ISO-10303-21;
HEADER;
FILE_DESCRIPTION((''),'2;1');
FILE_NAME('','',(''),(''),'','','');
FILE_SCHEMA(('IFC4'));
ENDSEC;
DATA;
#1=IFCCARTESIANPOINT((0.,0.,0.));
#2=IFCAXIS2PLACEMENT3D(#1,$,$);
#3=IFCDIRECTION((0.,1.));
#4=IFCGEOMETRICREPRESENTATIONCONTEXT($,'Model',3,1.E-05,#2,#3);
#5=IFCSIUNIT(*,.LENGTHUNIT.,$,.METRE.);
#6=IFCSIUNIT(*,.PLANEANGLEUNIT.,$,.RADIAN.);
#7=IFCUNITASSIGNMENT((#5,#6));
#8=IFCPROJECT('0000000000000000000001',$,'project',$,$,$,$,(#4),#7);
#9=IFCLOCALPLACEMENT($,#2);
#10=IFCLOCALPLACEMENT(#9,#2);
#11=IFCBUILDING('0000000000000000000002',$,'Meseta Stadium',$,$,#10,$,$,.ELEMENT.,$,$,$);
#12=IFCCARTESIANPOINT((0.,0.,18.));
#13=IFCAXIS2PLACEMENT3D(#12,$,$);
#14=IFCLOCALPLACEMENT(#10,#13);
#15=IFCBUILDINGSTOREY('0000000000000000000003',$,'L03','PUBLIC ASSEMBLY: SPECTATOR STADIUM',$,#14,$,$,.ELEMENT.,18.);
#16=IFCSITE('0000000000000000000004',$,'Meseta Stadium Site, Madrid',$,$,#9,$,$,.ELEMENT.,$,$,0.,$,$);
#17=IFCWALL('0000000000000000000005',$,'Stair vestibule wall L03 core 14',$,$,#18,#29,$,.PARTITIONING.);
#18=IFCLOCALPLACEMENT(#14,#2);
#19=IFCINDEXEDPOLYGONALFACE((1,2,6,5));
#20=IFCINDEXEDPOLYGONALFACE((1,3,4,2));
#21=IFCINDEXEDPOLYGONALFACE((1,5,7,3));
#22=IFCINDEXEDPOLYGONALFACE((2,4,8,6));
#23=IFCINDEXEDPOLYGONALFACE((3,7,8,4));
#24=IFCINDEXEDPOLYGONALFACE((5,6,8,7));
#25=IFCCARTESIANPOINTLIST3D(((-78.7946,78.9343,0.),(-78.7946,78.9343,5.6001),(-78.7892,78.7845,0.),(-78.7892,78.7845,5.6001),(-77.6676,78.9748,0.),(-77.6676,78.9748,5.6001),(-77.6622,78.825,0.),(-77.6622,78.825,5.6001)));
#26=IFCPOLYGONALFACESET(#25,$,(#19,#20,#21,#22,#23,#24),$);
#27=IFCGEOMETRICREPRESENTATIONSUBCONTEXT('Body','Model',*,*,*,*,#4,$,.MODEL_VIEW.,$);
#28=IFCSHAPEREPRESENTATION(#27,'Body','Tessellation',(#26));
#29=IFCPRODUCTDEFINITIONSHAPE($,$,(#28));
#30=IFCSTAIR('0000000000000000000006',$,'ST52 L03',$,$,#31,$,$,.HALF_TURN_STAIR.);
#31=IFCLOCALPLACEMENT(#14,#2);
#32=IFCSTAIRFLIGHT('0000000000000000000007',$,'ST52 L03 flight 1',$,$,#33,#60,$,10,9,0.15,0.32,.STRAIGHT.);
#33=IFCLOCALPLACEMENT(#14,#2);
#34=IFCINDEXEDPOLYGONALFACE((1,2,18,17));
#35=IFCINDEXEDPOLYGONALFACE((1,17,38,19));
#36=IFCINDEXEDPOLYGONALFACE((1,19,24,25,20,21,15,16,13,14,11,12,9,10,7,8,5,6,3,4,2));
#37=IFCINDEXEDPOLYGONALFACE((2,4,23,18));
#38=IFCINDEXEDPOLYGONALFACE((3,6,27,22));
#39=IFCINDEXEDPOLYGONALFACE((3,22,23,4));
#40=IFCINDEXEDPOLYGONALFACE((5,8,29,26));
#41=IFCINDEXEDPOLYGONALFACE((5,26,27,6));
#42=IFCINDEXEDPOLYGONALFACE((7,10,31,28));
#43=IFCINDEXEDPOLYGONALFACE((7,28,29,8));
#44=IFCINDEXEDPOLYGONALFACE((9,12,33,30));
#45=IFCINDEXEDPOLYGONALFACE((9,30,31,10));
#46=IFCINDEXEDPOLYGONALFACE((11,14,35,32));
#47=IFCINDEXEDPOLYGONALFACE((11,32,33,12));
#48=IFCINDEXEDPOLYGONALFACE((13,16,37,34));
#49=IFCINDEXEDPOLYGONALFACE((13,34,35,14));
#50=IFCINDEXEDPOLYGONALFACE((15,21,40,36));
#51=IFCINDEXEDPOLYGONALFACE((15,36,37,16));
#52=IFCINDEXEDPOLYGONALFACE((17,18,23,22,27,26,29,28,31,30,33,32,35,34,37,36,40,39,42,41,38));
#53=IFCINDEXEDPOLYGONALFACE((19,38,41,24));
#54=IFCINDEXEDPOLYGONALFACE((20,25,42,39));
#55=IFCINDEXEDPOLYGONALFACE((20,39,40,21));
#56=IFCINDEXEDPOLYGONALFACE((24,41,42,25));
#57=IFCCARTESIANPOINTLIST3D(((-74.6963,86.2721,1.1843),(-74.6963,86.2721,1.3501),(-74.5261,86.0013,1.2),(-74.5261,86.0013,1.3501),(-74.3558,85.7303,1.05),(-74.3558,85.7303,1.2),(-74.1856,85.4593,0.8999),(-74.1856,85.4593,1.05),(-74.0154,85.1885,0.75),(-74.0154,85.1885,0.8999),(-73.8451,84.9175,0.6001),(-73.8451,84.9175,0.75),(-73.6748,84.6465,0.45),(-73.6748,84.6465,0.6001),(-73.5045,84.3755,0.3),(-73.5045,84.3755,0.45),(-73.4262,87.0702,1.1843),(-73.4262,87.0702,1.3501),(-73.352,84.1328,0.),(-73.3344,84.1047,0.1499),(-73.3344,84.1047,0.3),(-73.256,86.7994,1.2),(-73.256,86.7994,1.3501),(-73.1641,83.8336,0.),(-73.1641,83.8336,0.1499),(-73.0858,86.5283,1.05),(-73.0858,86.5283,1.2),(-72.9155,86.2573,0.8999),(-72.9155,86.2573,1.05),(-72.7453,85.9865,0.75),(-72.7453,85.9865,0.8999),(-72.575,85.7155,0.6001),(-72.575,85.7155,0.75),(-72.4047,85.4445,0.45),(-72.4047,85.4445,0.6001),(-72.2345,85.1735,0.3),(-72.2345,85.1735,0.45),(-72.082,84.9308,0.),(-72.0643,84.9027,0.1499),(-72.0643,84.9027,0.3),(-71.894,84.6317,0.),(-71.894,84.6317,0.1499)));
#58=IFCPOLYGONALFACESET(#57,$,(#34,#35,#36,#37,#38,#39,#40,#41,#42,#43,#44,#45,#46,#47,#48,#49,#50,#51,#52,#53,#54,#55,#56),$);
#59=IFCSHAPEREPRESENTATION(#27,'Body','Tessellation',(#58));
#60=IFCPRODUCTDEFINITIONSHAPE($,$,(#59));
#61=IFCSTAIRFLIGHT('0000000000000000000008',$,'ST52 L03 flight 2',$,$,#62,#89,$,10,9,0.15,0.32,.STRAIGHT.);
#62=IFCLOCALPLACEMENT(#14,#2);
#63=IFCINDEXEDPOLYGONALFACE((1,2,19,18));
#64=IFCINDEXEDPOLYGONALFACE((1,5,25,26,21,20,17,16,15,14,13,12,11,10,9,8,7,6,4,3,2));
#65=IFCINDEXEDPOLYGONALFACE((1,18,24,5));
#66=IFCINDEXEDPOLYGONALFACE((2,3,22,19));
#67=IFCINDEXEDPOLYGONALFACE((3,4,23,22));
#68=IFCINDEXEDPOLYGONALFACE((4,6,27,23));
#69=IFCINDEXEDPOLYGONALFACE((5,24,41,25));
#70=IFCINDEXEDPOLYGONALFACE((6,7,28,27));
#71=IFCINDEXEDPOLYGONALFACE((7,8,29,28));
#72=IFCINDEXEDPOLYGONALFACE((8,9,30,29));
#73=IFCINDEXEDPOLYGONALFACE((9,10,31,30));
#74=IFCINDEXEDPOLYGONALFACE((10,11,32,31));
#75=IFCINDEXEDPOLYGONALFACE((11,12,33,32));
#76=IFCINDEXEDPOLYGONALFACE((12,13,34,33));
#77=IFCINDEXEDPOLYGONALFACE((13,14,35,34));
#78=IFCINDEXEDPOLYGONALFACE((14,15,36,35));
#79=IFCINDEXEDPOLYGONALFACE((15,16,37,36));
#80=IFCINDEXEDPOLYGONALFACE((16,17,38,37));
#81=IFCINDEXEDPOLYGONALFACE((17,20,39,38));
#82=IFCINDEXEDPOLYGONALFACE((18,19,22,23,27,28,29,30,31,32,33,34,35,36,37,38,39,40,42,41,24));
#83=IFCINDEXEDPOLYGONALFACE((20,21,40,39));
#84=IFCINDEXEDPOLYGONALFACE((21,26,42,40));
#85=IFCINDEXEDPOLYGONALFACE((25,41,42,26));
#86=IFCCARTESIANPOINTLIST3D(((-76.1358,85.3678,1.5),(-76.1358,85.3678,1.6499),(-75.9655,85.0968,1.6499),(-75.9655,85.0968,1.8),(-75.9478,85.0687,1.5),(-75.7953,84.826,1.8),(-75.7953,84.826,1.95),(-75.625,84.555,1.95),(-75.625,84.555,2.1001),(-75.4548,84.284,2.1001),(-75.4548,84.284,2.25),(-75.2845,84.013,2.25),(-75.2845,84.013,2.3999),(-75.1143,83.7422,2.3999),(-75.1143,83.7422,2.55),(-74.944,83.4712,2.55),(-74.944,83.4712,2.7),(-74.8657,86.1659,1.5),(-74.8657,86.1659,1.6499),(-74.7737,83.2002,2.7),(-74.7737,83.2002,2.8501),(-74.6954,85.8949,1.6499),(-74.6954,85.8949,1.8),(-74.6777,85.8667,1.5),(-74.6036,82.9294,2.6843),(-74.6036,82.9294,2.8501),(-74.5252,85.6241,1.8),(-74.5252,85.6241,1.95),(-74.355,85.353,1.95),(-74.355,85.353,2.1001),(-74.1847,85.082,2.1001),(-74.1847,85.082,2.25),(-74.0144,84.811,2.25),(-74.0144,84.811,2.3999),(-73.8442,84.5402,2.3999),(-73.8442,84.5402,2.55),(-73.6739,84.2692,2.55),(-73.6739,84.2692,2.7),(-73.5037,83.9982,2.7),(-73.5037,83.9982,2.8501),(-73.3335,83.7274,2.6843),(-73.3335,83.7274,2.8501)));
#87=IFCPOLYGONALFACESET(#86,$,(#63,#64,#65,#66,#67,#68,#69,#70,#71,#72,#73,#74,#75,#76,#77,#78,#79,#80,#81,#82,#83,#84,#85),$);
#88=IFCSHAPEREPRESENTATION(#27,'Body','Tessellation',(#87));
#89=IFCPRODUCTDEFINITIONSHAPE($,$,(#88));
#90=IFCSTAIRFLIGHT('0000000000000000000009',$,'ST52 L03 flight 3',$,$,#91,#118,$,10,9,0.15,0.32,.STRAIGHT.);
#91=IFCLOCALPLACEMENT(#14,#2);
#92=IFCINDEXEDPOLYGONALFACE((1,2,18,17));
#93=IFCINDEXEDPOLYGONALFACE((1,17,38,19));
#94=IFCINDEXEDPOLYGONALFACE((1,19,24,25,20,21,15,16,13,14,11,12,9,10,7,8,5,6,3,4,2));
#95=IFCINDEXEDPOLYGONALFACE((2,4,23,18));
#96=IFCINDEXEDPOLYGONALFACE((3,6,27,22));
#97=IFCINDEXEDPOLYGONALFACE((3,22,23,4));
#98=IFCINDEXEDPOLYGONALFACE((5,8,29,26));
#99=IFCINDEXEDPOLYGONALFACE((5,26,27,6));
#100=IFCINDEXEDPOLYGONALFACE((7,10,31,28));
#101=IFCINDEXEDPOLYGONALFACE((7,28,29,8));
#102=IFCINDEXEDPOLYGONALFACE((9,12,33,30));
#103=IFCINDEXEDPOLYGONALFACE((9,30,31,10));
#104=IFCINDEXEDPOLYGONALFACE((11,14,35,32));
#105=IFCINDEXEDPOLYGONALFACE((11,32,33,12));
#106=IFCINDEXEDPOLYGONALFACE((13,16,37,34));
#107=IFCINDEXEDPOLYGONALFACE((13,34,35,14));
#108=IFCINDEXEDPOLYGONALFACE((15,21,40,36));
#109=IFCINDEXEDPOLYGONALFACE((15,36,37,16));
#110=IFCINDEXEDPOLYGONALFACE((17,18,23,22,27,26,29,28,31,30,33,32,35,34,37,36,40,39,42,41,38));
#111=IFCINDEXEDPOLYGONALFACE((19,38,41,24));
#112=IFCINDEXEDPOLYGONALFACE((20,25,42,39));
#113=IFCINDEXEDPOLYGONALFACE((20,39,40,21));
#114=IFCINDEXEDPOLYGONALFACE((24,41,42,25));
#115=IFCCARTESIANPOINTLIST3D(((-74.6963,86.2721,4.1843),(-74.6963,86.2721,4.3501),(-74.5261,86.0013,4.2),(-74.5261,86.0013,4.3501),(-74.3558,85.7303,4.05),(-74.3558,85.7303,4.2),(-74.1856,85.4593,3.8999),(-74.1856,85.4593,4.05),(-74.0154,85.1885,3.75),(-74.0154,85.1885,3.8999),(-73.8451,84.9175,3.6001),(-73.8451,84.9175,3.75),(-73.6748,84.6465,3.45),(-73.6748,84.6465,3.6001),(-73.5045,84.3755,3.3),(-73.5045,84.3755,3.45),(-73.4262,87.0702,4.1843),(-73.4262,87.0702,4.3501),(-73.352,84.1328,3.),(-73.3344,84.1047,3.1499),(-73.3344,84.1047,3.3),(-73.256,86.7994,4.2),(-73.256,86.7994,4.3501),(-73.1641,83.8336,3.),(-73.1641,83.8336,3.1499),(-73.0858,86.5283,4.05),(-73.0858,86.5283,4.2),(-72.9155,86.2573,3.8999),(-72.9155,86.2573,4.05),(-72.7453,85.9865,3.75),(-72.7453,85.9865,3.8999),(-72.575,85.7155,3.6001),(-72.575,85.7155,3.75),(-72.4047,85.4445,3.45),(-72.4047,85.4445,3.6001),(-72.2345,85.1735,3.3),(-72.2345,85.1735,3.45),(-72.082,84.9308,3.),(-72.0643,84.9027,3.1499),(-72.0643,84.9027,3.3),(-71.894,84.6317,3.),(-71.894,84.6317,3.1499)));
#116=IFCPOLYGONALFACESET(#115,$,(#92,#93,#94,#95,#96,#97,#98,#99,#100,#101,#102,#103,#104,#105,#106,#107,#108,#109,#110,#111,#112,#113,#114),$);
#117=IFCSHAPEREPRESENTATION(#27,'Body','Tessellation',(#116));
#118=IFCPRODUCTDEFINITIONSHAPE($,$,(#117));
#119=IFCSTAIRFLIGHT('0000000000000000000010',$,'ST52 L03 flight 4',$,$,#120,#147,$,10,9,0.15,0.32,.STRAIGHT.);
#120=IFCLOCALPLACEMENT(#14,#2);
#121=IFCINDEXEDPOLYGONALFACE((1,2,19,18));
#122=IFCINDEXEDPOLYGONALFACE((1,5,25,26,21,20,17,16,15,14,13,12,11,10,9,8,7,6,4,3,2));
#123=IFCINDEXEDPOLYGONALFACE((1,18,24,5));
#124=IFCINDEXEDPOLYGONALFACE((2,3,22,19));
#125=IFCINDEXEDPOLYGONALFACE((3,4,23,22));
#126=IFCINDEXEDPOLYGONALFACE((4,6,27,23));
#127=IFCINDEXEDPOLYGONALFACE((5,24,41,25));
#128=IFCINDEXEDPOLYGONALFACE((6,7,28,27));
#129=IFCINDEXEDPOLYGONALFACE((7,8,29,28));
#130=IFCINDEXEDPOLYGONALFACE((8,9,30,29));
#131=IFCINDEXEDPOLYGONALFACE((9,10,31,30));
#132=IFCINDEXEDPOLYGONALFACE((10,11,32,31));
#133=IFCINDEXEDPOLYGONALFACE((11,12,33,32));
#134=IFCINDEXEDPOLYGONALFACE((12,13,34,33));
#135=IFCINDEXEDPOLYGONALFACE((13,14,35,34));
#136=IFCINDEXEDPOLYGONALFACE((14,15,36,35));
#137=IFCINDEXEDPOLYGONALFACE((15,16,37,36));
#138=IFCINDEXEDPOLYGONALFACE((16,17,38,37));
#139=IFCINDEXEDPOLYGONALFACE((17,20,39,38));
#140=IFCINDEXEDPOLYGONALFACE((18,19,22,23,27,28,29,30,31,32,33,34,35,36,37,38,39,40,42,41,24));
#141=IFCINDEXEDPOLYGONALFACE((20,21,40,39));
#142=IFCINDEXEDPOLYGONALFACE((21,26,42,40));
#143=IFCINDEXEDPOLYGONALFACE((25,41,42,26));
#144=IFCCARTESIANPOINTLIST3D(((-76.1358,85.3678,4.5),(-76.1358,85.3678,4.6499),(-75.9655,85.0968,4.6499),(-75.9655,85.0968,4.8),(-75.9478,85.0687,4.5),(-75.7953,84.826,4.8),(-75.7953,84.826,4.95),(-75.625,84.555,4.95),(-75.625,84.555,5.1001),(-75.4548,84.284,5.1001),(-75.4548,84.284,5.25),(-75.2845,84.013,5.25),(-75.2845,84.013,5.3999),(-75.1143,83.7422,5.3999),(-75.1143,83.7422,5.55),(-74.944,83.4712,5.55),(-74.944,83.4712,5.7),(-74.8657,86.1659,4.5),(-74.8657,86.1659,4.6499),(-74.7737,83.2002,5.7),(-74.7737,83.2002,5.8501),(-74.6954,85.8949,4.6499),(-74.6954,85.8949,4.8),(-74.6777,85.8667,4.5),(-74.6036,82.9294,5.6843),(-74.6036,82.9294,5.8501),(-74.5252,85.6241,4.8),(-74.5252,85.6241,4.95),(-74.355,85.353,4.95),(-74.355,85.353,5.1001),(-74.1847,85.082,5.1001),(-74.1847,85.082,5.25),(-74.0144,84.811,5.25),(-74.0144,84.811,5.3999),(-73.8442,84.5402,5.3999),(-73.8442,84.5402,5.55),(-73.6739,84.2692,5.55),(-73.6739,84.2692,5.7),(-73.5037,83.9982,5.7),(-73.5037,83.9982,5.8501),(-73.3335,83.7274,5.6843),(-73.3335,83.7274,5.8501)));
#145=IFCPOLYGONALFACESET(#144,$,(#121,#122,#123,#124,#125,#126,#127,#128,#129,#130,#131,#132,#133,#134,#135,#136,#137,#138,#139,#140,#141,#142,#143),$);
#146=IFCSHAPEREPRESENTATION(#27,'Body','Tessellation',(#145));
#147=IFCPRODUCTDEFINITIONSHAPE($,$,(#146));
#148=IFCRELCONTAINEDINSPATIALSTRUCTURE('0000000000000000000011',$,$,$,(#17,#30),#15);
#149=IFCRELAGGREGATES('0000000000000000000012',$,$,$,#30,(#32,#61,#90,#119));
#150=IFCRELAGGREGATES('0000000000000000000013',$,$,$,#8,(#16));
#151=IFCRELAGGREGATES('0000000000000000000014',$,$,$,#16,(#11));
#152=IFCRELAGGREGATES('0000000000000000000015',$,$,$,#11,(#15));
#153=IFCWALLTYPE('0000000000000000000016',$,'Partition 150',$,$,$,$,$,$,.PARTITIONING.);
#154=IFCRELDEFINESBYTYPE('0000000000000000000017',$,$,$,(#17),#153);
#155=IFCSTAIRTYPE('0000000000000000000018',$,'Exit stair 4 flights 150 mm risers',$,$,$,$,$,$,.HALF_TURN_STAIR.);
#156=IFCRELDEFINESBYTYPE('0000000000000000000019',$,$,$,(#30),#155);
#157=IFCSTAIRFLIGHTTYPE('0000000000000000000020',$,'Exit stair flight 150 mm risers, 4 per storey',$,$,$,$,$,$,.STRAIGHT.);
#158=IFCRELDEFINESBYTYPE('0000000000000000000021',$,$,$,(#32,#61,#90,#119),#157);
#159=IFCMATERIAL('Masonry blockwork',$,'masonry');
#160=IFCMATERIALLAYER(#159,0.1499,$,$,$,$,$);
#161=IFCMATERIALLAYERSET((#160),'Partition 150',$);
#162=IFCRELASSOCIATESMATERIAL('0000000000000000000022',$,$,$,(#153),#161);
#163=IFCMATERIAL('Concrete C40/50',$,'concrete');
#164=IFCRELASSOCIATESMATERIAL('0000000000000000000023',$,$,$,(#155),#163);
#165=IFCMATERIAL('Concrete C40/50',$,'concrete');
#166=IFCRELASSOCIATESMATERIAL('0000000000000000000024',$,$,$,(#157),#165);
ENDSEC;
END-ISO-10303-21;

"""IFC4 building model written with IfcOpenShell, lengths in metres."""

from ifc_helpers import new_model, si_unit, direction, frame, frame_2d, origin, place, context, subcontext, project, spatial, polyline, rectangle, outline, extrude, material, layer, layer_set, type_object, element, aggregate, save


model = new_model("IFC4")

# Units and contexts
model_context = context("Model", 3, precision=1e-05, world=origin(), true_north=direction((0.0, 1.0)))
body_context = subcontext(model_context, "Body", "Model", "MODEL_VIEW")
ifc_project = project(units=[si_unit("LENGTHUNIT", "METRE"), si_unit("PLANEANGLEUNIT", "RADIAN")], contexts=[model_context])

# Site, building, storey
site_placement = place(None, origin())
site = spatial("IfcSite", under=ifc_project, at=site_placement, Name="Meseta Stadium Site, Madrid", CompositionType="ELEMENT", RefElevation=0.0)
building_placement = place(site_placement, origin())
building = spatial("IfcBuilding", under=site, at=building_placement, Name="Meseta Stadium", CompositionType="ELEMENT")
storey_placement = place(building_placement, frame((0.0, 0.0, 18.0)))
storey = spatial("IfcBuildingStorey", under=building, at=storey_placement, Name="L03", Description="PUBLIC ASSEMBLY: SPECTATOR STADIUM", CompositionType="ELEMENT", Elevation=18.0)

# Wall
ifc_material_1 = material(Name="Masonry blockwork", Category="masonry")
ifc_layer = layer(ifc_material_1, 0.1499)
ifc_layer_set = layer_set([ifc_layer], Name="Partition 150")
wall_type = type_object("IfcWallType", Name="Partition 150", PredefinedType="PARTITIONING", material=ifc_layer_set)
wall_1_placement = place(storey_placement, frame((-77.6648, 78.8999, 0.0), z_axis=(0.0, 0.0, 1.0), x_axis=(-0.999354, -0.035939, 0.0)))
element("IfcWall", 1, at=wall_1_placement, inside=storey, type_object=wall_type, Name="Stair vestibule wall L03 core 14", PredefinedType="PARTITIONING", context=body_context, shape_type="SweptSolid", body=[
    extrude(rectangle(XDim=1.1277, YDim=0.1499, at=frame_2d((0.564, 0.0))), origin(), (0.0, 0.0, 1.0), 5.6001),
])

# Stair, stair flights
ifc_material_2 = material(Name="Concrete C40/50", Category="concrete")
stair_type = type_object("IfcStairType", Name="Exit stair 4 flights 150 mm risers", PredefinedType="HALF_TURN_STAIR", material=ifc_material_2)
stair_placement = place(storey_placement, origin())
stair = element("IfcStair", 2, at=stair_placement, inside=storey, type_object=stair_type, Name="ST52 L03", PredefinedType="HALF_TURN_STAIR")
ifc_material_3 = material(Name="Concrete C40/50", Category="concrete")
stair_flight_type = type_object("IfcStairFlightType", Name="Exit stair flight 150 mm risers, 4 per storey", PredefinedType="STRAIGHT", material=ifc_material_3)
stair_flight_1_placement = place(storey_placement, frame((-72.5291, 84.2327, 0.0), z_axis=(0.0, 0.0, 1.0), x_axis=(-0.532032, 0.846724, 0.0)))
stair_flight_1 = element("IfcStairFlight", 3, at=stair_flight_1_placement, type_object=stair_flight_type, Name="ST52 L03 flight 1", NumberOfRisers=10, NumberOfTreads=9, PredefinedType="STRAIGHT", RiserHeight=0.15, TreadLength=0.32, context=body_context, shape_type="SweptSolid", body=[
    extrude(outline(polyline([(0.0, 0.0), (0.0, 0.1499), (0.3201, 0.1499), (0.3201, 0.3), (0.6399, 0.3), (0.6399, 0.45), (0.96, 0.45), (0.96, 0.6001), (1.28, 0.6001), (1.28, 0.75), (1.6001, 0.75), (1.6001, 0.8999), (1.9199, 0.8999), (1.9199, 1.05), (2.24, 1.05), (2.24, 1.2), (2.5601, 1.2), (2.5601, 1.3501), (2.8799, 1.3501), (2.8799, 1.1843), (0.3533, 0.0), (0.0, 0.0)])), frame((0.0, 0.75, 0.0), z_axis=(0.0, -1.0, 0.0), x_axis=(1.0, 0.0, 0.0)), (0.0, 0.0, 1.0), 1.5),
])
stair_flight_2_placement = place(storey_placement, frame((-75.5007, 85.7668, 1.5), z_axis=(0.0, 0.0, 1.0), x_axis=(0.532032, -0.846724, 0.0)))
stair_flight_2 = element("IfcStairFlight", 4, at=stair_flight_2_placement, type_object=stair_flight_type, Name="ST52 L03 flight 2", NumberOfRisers=10, NumberOfTreads=9, PredefinedType="STRAIGHT", RiserHeight=0.15, TreadLength=0.32, context=body_context, shape_type="SweptSolid", body=[
    extrude(outline(polyline([(0.0, 0.0), (0.0, 0.1499), (0.3201, 0.1499), (0.3201, 0.3), (0.6399, 0.3), (0.6399, 0.45), (0.96, 0.45), (0.96, 0.6001), (1.28, 0.6001), (1.28, 0.75), (1.6001, 0.75), (1.6001, 0.8999), (1.9199, 0.8999), (1.9199, 1.05), (2.24, 1.05), (2.24, 1.2), (2.5601, 1.2), (2.5601, 1.3501), (2.8799, 1.3501), (2.8799, 1.1843), (0.3533, 0.0), (0.0, 0.0)])), frame((0.0, 0.75, 0.0), z_axis=(0.0, -1.0, 0.0), x_axis=(1.0, 0.0, 0.0)), (0.0, 0.0, 1.0), 1.5),
])
stair_flight_3_placement = place(storey_placement, frame((-72.5291, 84.2327, 3.0), z_axis=(0.0, 0.0, 1.0), x_axis=(-0.532032, 0.846724, 0.0)))
stair_flight_3 = element("IfcStairFlight", 5, at=stair_flight_3_placement, type_object=stair_flight_type, Name="ST52 L03 flight 3", NumberOfRisers=10, NumberOfTreads=9, PredefinedType="STRAIGHT", RiserHeight=0.15, TreadLength=0.32, context=body_context, shape_type="SweptSolid", body=[
    extrude(outline(polyline([(0.0, 0.0), (0.0, 0.1499), (0.3201, 0.1499), (0.3201, 0.3), (0.6399, 0.3), (0.6399, 0.45), (0.96, 0.45), (0.96, 0.6001), (1.28, 0.6001), (1.28, 0.75), (1.6001, 0.75), (1.6001, 0.8999), (1.9199, 0.8999), (1.9199, 1.05), (2.24, 1.05), (2.24, 1.2), (2.5601, 1.2), (2.5601, 1.3501), (2.8799, 1.3501), (2.8799, 1.1843), (0.3533, 0.0), (0.0, 0.0)])), frame((0.0, 0.75, 0.0), z_axis=(0.0, -1.0, 0.0), x_axis=(1.0, 0.0, 0.0)), (0.0, 0.0, 1.0), 1.5),
])
stair_flight_4_placement = place(storey_placement, frame((-75.5007, 85.7668, 4.5), z_axis=(0.0, 0.0, 1.0), x_axis=(0.532032, -0.846724, 0.0)))
stair_flight_4 = element("IfcStairFlight", 6, at=stair_flight_4_placement, type_object=stair_flight_type, Name="ST52 L03 flight 4", NumberOfRisers=10, NumberOfTreads=9, PredefinedType="STRAIGHT", RiserHeight=0.15, TreadLength=0.32, context=body_context, shape_type="SweptSolid", body=[
    extrude(outline(polyline([(0.0, 0.0), (0.0, 0.1499), (0.3201, 0.1499), (0.3201, 0.3), (0.6399, 0.3), (0.6399, 0.45), (0.96, 0.45), (0.96, 0.6001), (1.28, 0.6001), (1.28, 0.75), (1.6001, 0.75), (1.6001, 0.8999), (1.9199, 0.8999), (1.9199, 1.05), (2.24, 1.05), (2.24, 1.2), (2.5601, 1.2), (2.5601, 1.3501), (2.8799, 1.3501), (2.8799, 1.1843), (0.3533, 0.0), (0.0, 0.0)])), frame((0.0, 0.75, 0.0), z_axis=(0.0, -1.0, 0.0), x_axis=(1.0, 0.0, 0.0)), (0.0, 0.0, 1.0), 1.5),
])
aggregate(stair, [stair_flight_1, stair_flight_2, stair_flight_3, stair_flight_4])

save(model, "model.ifc")
